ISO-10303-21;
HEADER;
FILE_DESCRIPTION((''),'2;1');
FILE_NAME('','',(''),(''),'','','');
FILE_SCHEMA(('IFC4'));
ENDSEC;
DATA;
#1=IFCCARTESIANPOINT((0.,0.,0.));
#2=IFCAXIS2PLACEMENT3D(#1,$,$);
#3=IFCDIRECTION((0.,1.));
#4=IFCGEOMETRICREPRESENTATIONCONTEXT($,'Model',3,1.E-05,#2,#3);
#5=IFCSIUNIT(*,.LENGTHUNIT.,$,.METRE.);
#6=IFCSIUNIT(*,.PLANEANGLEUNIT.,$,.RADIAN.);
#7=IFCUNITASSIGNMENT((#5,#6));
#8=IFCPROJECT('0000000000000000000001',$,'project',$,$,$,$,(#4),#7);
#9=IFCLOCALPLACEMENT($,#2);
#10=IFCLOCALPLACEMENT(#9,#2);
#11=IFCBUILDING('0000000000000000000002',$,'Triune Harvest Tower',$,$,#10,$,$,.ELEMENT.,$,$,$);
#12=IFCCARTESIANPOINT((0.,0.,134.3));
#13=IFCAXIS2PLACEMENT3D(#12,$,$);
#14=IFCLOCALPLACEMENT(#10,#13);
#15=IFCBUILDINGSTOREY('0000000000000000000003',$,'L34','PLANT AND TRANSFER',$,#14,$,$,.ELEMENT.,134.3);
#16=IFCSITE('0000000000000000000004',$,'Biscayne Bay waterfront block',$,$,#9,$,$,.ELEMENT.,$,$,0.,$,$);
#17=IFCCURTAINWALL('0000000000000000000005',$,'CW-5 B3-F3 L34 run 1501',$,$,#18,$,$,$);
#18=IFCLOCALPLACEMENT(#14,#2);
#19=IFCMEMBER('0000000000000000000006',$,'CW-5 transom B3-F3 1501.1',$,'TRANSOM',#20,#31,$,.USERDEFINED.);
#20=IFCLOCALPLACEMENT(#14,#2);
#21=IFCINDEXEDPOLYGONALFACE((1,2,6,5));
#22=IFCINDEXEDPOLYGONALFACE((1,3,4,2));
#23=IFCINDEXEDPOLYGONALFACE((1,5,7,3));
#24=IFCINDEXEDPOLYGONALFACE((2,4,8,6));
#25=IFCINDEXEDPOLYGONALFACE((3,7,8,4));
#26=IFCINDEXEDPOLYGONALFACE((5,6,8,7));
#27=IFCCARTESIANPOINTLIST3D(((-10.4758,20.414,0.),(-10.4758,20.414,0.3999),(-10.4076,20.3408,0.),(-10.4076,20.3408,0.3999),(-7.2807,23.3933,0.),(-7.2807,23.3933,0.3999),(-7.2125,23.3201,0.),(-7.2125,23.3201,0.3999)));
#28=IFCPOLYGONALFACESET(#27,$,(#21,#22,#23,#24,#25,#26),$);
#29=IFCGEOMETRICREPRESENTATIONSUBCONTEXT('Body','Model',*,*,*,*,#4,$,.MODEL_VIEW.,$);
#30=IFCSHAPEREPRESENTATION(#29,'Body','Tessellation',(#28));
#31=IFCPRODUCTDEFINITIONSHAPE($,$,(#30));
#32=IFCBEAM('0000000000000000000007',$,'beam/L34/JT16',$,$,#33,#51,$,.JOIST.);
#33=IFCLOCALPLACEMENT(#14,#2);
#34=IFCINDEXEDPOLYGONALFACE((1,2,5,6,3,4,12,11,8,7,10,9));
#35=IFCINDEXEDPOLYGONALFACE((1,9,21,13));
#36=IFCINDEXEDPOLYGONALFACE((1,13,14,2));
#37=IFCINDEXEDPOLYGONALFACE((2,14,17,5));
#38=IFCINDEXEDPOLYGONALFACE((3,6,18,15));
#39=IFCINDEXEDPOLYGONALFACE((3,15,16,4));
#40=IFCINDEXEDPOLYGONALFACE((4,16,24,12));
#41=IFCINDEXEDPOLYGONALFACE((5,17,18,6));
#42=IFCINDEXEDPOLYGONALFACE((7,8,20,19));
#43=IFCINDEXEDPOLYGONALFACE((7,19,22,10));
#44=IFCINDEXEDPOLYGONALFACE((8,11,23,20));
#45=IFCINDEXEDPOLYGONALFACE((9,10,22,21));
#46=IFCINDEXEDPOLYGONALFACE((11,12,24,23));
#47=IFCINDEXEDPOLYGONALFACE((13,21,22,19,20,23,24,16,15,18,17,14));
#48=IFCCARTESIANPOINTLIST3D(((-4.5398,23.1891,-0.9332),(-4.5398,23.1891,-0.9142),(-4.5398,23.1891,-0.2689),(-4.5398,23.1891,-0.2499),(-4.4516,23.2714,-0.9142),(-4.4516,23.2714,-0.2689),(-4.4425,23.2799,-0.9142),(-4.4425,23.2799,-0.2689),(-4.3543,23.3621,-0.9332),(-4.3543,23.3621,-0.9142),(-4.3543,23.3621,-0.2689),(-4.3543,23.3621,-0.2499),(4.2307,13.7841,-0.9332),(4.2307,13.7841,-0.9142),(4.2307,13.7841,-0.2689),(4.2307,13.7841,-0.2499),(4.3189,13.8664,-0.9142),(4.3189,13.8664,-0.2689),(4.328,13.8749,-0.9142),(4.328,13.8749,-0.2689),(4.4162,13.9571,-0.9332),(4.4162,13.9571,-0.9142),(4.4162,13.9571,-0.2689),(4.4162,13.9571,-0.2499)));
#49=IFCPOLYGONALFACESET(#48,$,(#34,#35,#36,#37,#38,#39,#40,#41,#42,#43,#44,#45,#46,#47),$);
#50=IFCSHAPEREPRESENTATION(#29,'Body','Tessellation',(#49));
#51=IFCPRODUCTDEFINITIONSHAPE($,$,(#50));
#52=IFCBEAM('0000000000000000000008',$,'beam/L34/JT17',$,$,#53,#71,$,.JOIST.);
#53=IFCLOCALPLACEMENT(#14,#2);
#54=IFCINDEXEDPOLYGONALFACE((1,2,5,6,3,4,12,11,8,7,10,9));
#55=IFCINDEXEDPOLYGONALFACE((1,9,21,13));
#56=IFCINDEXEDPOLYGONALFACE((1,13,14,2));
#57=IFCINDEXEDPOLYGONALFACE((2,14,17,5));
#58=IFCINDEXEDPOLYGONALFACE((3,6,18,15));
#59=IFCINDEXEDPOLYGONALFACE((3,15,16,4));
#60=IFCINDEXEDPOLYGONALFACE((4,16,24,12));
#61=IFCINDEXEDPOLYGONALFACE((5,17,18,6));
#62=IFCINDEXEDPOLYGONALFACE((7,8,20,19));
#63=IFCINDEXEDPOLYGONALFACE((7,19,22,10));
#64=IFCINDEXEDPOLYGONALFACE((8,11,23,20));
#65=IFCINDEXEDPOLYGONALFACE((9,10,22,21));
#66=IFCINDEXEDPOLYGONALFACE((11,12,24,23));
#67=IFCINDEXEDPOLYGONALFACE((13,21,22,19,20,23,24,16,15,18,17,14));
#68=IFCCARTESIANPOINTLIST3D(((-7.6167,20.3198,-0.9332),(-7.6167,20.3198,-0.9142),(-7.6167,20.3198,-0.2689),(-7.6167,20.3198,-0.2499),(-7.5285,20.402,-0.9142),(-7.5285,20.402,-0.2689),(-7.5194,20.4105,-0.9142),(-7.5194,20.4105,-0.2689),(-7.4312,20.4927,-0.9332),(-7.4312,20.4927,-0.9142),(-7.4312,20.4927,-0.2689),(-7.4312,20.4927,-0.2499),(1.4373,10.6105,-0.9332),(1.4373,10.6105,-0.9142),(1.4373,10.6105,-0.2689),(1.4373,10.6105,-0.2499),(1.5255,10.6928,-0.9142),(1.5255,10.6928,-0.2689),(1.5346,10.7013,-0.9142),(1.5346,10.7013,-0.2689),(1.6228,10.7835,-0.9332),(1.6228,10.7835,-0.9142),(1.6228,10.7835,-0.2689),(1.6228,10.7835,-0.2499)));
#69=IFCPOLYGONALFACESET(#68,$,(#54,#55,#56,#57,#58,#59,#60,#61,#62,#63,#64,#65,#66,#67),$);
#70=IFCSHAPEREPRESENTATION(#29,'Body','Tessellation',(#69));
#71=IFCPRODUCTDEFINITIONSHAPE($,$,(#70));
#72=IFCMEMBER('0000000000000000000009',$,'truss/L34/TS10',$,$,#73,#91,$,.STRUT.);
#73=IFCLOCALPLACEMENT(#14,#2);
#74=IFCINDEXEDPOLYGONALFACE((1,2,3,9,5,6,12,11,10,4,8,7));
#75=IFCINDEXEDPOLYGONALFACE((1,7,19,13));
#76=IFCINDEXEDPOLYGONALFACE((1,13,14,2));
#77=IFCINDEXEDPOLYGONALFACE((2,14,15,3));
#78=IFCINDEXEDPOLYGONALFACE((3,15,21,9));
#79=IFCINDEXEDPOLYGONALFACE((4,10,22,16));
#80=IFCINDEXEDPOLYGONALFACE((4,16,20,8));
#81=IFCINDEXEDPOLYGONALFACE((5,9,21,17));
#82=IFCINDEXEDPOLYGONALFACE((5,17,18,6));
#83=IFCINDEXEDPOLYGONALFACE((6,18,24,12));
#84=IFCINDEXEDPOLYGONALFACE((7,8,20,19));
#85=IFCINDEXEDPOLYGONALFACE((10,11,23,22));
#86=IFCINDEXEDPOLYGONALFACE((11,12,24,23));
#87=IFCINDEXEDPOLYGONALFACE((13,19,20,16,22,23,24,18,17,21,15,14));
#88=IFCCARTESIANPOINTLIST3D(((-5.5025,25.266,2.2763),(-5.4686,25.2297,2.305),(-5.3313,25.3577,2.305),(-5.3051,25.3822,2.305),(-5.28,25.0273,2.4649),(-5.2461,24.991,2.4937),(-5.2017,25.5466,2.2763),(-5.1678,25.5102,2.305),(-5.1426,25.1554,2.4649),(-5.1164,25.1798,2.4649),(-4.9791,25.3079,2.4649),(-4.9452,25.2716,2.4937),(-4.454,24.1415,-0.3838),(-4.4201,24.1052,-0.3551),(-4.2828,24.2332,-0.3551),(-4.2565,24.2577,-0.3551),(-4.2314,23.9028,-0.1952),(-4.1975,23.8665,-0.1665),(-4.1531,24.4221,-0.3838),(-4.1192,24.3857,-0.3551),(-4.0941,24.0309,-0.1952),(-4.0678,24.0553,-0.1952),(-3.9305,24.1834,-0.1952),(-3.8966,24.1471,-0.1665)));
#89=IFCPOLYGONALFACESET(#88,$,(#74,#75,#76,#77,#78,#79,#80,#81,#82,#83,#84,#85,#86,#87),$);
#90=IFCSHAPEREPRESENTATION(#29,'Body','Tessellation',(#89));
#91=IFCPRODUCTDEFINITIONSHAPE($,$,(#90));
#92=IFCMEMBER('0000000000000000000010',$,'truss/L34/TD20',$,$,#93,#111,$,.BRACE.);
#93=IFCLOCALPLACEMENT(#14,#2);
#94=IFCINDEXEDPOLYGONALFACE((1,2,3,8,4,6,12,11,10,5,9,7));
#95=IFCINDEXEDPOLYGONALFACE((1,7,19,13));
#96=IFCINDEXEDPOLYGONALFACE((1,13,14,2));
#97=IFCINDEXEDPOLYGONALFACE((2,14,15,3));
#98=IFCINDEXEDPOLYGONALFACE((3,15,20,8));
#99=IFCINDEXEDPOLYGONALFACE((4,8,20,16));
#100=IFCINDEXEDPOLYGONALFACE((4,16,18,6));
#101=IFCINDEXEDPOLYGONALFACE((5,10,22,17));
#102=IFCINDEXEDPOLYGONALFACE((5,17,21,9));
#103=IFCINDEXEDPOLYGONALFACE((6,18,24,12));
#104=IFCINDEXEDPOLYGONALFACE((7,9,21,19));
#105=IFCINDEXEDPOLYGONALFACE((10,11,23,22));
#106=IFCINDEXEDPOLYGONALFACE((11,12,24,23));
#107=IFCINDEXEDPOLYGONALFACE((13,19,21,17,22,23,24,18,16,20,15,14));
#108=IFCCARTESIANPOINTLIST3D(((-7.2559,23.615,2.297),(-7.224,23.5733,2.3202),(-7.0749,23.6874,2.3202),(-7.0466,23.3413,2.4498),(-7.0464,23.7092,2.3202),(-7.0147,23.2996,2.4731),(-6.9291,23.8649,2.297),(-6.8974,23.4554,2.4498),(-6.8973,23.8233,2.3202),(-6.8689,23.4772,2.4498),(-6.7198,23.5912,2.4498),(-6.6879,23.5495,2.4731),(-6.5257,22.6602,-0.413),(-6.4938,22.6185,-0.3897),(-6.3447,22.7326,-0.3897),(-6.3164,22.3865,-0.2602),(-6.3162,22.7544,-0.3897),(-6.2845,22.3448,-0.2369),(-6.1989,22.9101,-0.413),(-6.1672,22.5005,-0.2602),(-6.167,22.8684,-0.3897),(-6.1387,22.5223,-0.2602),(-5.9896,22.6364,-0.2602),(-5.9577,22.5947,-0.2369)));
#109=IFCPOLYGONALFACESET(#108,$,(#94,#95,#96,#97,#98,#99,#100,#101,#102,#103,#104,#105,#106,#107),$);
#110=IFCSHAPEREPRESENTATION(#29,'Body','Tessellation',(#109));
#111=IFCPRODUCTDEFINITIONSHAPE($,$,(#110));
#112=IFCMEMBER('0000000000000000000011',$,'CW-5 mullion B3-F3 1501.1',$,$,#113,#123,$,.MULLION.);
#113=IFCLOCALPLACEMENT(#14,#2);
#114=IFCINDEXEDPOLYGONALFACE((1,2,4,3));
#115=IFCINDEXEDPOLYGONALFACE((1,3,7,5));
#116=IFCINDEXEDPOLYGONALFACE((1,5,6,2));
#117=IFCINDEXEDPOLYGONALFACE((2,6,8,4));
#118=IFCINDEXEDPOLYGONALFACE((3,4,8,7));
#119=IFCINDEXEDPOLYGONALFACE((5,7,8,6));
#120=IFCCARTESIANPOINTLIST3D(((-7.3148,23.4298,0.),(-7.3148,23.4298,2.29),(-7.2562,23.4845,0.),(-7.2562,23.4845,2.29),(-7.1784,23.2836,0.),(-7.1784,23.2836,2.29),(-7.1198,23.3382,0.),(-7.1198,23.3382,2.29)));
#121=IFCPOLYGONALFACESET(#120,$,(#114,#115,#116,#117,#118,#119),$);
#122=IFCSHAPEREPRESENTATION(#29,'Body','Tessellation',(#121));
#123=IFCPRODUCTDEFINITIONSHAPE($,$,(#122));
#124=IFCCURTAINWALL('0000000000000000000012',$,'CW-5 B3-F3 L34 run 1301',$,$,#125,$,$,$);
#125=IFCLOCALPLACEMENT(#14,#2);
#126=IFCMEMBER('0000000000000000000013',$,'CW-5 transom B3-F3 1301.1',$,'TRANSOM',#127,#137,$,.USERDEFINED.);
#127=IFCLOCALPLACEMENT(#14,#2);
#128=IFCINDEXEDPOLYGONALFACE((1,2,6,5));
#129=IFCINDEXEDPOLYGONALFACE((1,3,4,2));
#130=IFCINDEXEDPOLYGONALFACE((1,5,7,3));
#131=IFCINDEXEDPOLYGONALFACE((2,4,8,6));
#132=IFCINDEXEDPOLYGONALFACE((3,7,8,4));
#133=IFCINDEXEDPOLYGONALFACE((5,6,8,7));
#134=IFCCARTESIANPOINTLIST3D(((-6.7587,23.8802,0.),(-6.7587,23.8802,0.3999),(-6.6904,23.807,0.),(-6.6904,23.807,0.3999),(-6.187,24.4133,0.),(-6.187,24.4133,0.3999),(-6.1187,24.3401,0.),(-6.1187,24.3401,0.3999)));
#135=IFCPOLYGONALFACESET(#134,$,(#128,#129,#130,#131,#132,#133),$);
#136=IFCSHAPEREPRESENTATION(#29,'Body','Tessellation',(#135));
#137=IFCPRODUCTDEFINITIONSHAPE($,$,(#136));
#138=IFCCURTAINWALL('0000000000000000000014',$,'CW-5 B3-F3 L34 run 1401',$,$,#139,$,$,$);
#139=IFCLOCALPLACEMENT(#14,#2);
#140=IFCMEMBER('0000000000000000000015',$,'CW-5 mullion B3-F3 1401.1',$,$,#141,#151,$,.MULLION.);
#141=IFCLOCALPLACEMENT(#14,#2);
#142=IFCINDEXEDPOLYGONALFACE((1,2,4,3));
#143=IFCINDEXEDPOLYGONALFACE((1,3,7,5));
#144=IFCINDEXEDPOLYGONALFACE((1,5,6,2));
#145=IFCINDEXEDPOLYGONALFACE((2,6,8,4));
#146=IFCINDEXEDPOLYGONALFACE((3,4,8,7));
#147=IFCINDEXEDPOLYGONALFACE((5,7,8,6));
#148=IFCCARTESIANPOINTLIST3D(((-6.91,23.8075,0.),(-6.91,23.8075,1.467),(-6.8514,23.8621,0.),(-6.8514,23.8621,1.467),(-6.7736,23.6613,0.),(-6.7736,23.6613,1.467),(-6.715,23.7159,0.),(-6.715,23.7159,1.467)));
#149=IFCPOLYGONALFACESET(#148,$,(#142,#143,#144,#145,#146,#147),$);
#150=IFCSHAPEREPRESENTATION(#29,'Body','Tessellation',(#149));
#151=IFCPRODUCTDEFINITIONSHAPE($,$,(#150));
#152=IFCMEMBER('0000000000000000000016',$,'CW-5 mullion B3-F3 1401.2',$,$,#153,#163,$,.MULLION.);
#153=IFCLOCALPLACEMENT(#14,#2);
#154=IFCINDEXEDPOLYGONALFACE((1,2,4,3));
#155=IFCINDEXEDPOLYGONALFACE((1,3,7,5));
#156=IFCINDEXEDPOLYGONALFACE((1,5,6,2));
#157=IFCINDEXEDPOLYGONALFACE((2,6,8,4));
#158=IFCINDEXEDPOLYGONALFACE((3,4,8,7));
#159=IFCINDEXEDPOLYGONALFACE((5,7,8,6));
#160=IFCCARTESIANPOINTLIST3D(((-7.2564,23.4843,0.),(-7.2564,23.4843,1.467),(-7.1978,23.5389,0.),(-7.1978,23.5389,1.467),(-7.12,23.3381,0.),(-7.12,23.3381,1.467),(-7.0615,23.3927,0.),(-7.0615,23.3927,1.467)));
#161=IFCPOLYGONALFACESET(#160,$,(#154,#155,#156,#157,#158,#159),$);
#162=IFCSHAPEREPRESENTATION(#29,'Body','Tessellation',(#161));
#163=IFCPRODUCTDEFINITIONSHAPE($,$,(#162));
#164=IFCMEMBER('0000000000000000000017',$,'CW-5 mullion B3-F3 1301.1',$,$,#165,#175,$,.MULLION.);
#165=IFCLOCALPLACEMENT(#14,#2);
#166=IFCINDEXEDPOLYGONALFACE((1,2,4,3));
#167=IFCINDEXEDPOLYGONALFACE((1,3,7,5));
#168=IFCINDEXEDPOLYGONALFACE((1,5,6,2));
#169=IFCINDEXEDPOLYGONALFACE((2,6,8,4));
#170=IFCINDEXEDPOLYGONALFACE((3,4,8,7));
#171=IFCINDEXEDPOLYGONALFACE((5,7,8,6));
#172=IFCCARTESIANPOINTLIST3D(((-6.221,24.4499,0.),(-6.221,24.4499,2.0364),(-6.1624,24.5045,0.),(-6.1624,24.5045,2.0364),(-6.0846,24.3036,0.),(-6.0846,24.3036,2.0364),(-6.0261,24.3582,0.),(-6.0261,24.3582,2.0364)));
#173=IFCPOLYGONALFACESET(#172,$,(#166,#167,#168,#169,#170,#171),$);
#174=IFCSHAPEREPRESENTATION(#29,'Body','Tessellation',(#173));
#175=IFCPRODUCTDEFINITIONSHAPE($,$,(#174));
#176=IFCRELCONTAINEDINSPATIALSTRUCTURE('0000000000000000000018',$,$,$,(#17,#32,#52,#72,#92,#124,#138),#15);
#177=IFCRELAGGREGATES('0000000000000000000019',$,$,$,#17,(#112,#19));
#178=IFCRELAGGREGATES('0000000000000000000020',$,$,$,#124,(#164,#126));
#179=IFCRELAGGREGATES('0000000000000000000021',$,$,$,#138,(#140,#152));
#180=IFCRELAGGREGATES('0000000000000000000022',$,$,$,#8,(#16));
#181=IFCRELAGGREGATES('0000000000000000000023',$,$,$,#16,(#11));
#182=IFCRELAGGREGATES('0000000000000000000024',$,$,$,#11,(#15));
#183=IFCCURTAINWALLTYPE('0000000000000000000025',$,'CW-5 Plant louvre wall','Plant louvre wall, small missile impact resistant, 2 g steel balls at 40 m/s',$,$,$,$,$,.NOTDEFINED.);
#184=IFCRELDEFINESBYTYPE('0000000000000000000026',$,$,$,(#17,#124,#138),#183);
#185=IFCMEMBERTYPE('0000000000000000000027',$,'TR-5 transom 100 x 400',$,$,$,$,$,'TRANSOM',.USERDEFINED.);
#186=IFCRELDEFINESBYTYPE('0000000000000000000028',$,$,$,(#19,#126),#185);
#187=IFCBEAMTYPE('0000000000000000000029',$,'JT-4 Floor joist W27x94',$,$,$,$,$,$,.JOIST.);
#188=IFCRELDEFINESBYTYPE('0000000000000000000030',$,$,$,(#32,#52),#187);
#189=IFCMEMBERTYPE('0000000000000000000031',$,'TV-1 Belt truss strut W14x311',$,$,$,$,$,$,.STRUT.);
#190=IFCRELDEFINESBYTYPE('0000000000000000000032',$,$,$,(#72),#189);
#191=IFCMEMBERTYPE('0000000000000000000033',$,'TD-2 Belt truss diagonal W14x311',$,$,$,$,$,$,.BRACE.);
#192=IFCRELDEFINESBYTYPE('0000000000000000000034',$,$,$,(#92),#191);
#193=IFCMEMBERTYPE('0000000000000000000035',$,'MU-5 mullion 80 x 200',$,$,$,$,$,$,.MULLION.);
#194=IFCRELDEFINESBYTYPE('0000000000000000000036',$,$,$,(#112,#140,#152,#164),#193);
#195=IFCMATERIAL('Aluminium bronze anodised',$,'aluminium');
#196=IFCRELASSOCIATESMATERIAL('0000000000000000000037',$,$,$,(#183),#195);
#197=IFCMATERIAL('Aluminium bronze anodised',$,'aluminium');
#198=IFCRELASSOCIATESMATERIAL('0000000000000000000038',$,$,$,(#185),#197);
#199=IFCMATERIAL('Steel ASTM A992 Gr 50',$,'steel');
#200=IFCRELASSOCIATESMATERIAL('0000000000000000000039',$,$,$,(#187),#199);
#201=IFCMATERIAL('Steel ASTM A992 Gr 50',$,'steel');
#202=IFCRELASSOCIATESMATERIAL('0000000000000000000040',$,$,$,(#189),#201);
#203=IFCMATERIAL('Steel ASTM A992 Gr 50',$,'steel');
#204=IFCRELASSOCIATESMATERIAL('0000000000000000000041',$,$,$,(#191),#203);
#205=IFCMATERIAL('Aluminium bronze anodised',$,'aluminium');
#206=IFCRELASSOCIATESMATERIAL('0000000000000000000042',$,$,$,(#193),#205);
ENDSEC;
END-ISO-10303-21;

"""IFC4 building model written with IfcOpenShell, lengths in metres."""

from ifc_helpers import new_model, si_unit, direction, frame, origin, origin_2d, place, context, subcontext, project, spatial, rectangle, i_section, extrude, source, transform, mapped, material, material_profile, profile_set, type_object, element, aggregate, save


model = new_model("IFC4")

# Units and contexts
model_context = context("Model", 3, precision=1e-05, world=origin(), true_north=direction((0.0, 1.0)))
body_context = subcontext(model_context, "Body", "Model", "MODEL_VIEW")
ifc_project = project(units=[si_unit("LENGTHUNIT", "METRE"), si_unit("PLANEANGLEUNIT", "RADIAN")], contexts=[model_context])

# Site, building, storey
site_placement = place(None, origin())
site = spatial("IfcSite", under=ifc_project, at=site_placement, Name="Biscayne Bay waterfront block", CompositionType="ELEMENT", RefElevation=0.0)
building_placement = place(site_placement, origin())
building = spatial("IfcBuilding", under=site, at=building_placement, Name="Triune Harvest Tower", CompositionType="ELEMENT")
storey_placement = place(building_placement, frame((0.0, 0.0, 134.3)))
storey = spatial("IfcBuildingStorey", under=building, at=storey_placement, Name="L34", Description="PLANT AND TRANSFER", CompositionType="ELEMENT", Elevation=134.3)

# Curtain wall, member
ifc_material_1 = material(Name="Aluminium bronze anodised", Category="aluminium")
curtain_wall_type = type_object("IfcCurtainWallType", Name="CW-5 Plant louvre wall", Description="Plant louvre wall, small missile impact resistant, 2 g steel balls at 40 m/s", PredefinedType="NOTDEFINED", material=ifc_material_1)
curtain_wall_1_placement = place(storey_placement, origin())
curtain_wall_1 = element("IfcCurtainWall", 1, at=curtain_wall_1_placement, inside=storey, type_object=curtain_wall_type, Name="CW-5 B3-F3 L34 run 1501")
ifc_material_2 = material(Name="Aluminium bronze anodised", Category="aluminium")
ifc_material_profile_1 = material_profile(ifc_material_2, rectangle(XDim=0.1001, YDim=0.3999, at=origin_2d()), Name="TR-5 transom 100 x 400")
ifc_profile_set_1 = profile_set([ifc_material_profile_1], Name="Aluminium bronze anodised")
member_type_1 = type_object("IfcMemberType", Name="TR-5 transom 100 x 400", ElementType="TRANSOM", PredefinedType="USERDEFINED", material=ifc_profile_set_1)
member_1_placement = place(storey_placement, frame((-7.2466, 23.3567, 0.2), z_axis=(-0.731377, -0.681974, 0.0), x_axis=(0.681974, -0.731377, 0.0)))
member_1 = element("IfcMember", 2, at=member_1_placement, type_object=member_type_1, Name="CW-5 transom B3-F3 1501.1", ObjectType="TRANSOM", PredefinedType="USERDEFINED", context=body_context, shape_type="SweptSolid", body=[
    extrude(rectangle(XDim=0.1001, YDim=0.3999, at=origin_2d()), origin(), (0.0, 0.0, 1.0), 4.3687),
])

# Beams
ifc_material_3 = material(Name="Steel ASTM A992 Gr 50", Category="steel")
ifc_material_profile_2 = material_profile(ifc_material_3, i_section(OverallWidth=0.2537, OverallDepth=0.6833, WebThickness=0.0125, FlangeThickness=0.019, at=origin_2d()), Name="W27x94")
ifc_profile_set_2 = profile_set([ifc_material_profile_2], Name="Steel ASTM A992 Gr 50")
beam_type = type_object("IfcBeamType", Name="JT-4 Floor joist W27x94", PredefinedType="JOIST", material=ifc_profile_set_2)
shared_shape_1 = source(origin(), body_context, "Body", "SweptSolid", [
    extrude(i_section(OverallWidth=0.2537, OverallDepth=0.6833, WebThickness=0.0125, FlangeThickness=0.019, at=origin_2d()), origin(), (0.0, 0.0, 1.0), 12.8599),
])
beam_1_placement = place(storey_placement, frame((-4.447, 23.2756, -0.5916), z_axis=(0.682006, -0.731347, 0.0), x_axis=(0.731347, 0.682006, 0.0)))
element("IfcBeam", 3, at=beam_1_placement, inside=storey, type_object=beam_type, Name="beam/L34/JT16", PredefinedType="JOIST", context=body_context, shape_type="MappedRepresentation", body=[
    mapped(shared_shape_1, transform((0.0, 0.0, 0.0), scale=1.0)),
])
shared_shape_2 = source(origin(), body_context, "Body", "SweptSolid", [
    extrude(i_section(OverallWidth=0.2537, OverallDepth=0.6833, WebThickness=0.0125, FlangeThickness=0.019, at=origin_2d()), origin(), (0.0, 0.0, 1.0), 13.2756),
])
beam_2_placement = place(storey_placement, frame((-7.5239, 20.4062, -0.5916), z_axis=(0.681996, -0.731355, 0.0), x_axis=(0.731355, 0.681996, 0.0)))
element("IfcBeam", 4, at=beam_2_placement, inside=storey, type_object=beam_type, Name="beam/L34/JT17", PredefinedType="JOIST", context=body_context, shape_type="MappedRepresentation", body=[
    mapped(shared_shape_2, transform((0.0, 0.0, 0.0), scale=1.0)),
])

# Members
ifc_material_4 = material(Name="Steel ASTM A992 Gr 50", Category="steel")
ifc_material_profile_3 = material_profile(ifc_material_4, i_section(OverallWidth=0.4114, OverallDepth=0.4343, WebThickness=0.0359, FlangeThickness=0.0574, at=origin_2d()), Name="W14x311")
ifc_profile_set_3 = profile_set([ifc_material_profile_3], Name="Steel ASTM A992 Gr 50")
member_type_2 = type_object("IfcMemberType", Name="TV-1 Belt truss strut W14x311", PredefinedType="STRUT", material=ifc_profile_set_3)
shared_shape_3 = source(origin(), body_context, "Body", "SweptSolid", [
    extrude(i_section(OverallWidth=0.4114, OverallDepth=0.4343, WebThickness=0.0359, FlangeThickness=0.0574, at=origin_2d()), origin(), (0.0, 0.0, 1.0), 3.0725),
])
member_2_placement = place(storey_placement, frame((-4.1753, 24.1443, -0.2751), z_axis=(-0.341276, 0.365988, 0.865785), x_axis=(-0.731367, -0.681984, 0.0)))
element("IfcMember", 5, at=member_2_placement, inside=storey, type_object=member_type_2, Name="truss/L34/TS10", PredefinedType="STRUT", context=body_context, shape_type="MappedRepresentation", body=[
    mapped(shared_shape_3, transform((0.0, 0.0, 0.0), scale=1.0)),
])
ifc_material_5 = material(Name="Steel ASTM A992 Gr 50", Category="steel")
ifc_material_profile_4 = material_profile(ifc_material_5, i_section(OverallWidth=0.4114, OverallDepth=0.4343, WebThickness=0.0359, FlangeThickness=0.0574, at=origin_2d()), Name="W14x311")
ifc_profile_set_4 = profile_set([ifc_material_profile_4], Name="Steel ASTM A992 Gr 50")
member_type_3 = type_object("IfcMemberType", Name="TD-2 Belt truss diagonal W14x311", PredefinedType="BRACE", material=ifc_profile_set_4)
shared_shape_4 = source(origin(), body_context, "Body", "SweptSolid", [
    extrude(i_section(OverallWidth=0.4114, OverallDepth=0.4343, WebThickness=0.0359, FlangeThickness=0.0574, at=origin_2d()), origin(), (0.0, 0.0, 1.0), 2.9646),
])
member_3_placement = place(storey_placement, frame((-6.2417, 22.6274, -0.325), z_axis=(-0.246315, 0.322079, 0.914108), x_axis=(-0.794335, -0.60748, 0.0)))
element("IfcMember", 6, at=member_3_placement, inside=storey, type_object=member_type_3, Name="truss/L34/TD20", PredefinedType="BRACE", context=body_context, shape_type="MappedRepresentation", body=[
    mapped(shared_shape_4, transform((0.0, 0.0, 0.0), scale=1.0)),
])

# Member
ifc_material_6 = material(Name="Aluminium bronze anodised", Category="aluminium")
ifc_material_profile_5 = material_profile(ifc_material_6, rectangle(XDim=0.2, YDim=0.0801, at=origin_2d()), Name="MU-5 mullion 80 x 200")
ifc_profile_set_5 = profile_set([ifc_material_profile_5], Name="Aluminium bronze anodised")
member_type_4 = type_object("IfcMemberType", Name="MU-5 mullion 80 x 200", PredefinedType="MULLION", material=ifc_profile_set_5)
shared_shape_5 = source(origin(), body_context, "Body", "SweptSolid", [
    extrude(rectangle(XDim=0.2, YDim=0.0801, at=origin_2d()), origin(), (0.0, 0.0, 1.0), 2.29),
])
member_4_placement = place(storey_placement, frame((-7.2173, 23.384, 0.0), z_axis=(0.0, 0.0, 1.0), x_axis=(0.682, -0.731353, 0.0)))
member_4 = element("IfcMember", 7, at=member_4_placement, type_object=member_type_4, Name="CW-5 mullion B3-F3 1501.1", PredefinedType="MULLION", context=body_context, shape_type="MappedRepresentation", body=[
    mapped(shared_shape_5, transform((0.0, 0.0, 0.0), scale=1.0)),
])
aggregate(curtain_wall_1, [member_4, member_1])

# Curtain wall, member
curtain_wall_2_placement = place(storey_placement, origin())
curtain_wall_2 = element("IfcCurtainWall", 8, at=curtain_wall_2_placement, inside=storey, type_object=curtain_wall_type, Name="CW-5 B3-F3 L34 run 1301")
shared_shape_6 = source(origin(), body_context, "Body", "SweptSolid", [
    extrude(rectangle(XDim=0.1001, YDim=0.3999, at=origin_2d()), origin(), (0.0, 0.0, 1.0), 0.7817),
])
member_5_placement = place(storey_placement, frame((-6.1528, 24.3767, 0.2), z_axis=(-0.731346, -0.682007, 0.0), x_axis=(0.682007, -0.731346, 0.0)))
member_5 = element("IfcMember", 9, at=member_5_placement, type_object=member_type_1, Name="CW-5 transom B3-F3 1301.1", ObjectType="TRANSOM", PredefinedType="USERDEFINED", context=body_context, shape_type="MappedRepresentation", body=[
    mapped(shared_shape_6, transform((0.0, 0.0, 0.0), scale=1.0)),
])

# Curtain wall, members
curtain_wall_3_placement = place(storey_placement, origin())
curtain_wall_3 = element("IfcCurtainWall", 10, at=curtain_wall_3_placement, inside=storey, type_object=curtain_wall_type, Name="CW-5 B3-F3 L34 run 1401")
shared_shape_7 = source(origin(), body_context, "Body", "SweptSolid", [
    extrude(rectangle(XDim=0.2, YDim=0.0801, at=origin_2d()), origin(), (0.0, 0.0, 1.0), 1.467),
])
member_6_placement = place(storey_placement, frame((-6.8125, 23.7617, 0.0), z_axis=(0.0, 0.0, 1.0), x_axis=(0.682022, -0.731332, 0.0)))
member_6 = element("IfcMember", 11, at=member_6_placement, type_object=member_type_4, Name="CW-5 mullion B3-F3 1401.1", PredefinedType="MULLION", context=body_context, shape_type="MappedRepresentation", body=[
    mapped(shared_shape_7, transform((0.0, 0.0, 0.0), scale=1.0)),
])
member_7_placement = place(storey_placement, frame((-7.1589, 23.4385, 0.0), z_axis=(0.0, 0.0, 1.0), x_axis=(0.682022, -0.731332, 0.0)))
member_7 = element("IfcMember", 12, at=member_7_placement, type_object=member_type_4, Name="CW-5 mullion B3-F3 1401.2", PredefinedType="MULLION", context=body_context, shape_type="MappedRepresentation", body=[
    mapped(shared_shape_7, transform((0.0, 0.0, 0.0), scale=1.0)),
])

# Member
shared_shape_8 = source(origin(), body_context, "Body", "SweptSolid", [
    extrude(rectangle(XDim=0.2, YDim=0.0801, at=origin_2d()), origin(), (0.0, 0.0, 1.0), 2.0364),
])
member_8_placement = place(storey_placement, frame((-6.1235, 24.4041, 0.0), z_axis=(0.0, 0.0, 1.0), x_axis=(0.681993, -0.731359, 0.0)))
member_8 = element("IfcMember", 13, at=member_8_placement, type_object=member_type_4, Name="CW-5 mullion B3-F3 1301.1", PredefinedType="MULLION", context=body_context, shape_type="MappedRepresentation", body=[
    mapped(shared_shape_8, transform((0.0, 0.0, 0.0), scale=1.0)),
])

aggregate(curtain_wall_2, [member_8, member_5])
aggregate(curtain_wall_3, [member_6, member_7])

save(model, "model.ifc")
